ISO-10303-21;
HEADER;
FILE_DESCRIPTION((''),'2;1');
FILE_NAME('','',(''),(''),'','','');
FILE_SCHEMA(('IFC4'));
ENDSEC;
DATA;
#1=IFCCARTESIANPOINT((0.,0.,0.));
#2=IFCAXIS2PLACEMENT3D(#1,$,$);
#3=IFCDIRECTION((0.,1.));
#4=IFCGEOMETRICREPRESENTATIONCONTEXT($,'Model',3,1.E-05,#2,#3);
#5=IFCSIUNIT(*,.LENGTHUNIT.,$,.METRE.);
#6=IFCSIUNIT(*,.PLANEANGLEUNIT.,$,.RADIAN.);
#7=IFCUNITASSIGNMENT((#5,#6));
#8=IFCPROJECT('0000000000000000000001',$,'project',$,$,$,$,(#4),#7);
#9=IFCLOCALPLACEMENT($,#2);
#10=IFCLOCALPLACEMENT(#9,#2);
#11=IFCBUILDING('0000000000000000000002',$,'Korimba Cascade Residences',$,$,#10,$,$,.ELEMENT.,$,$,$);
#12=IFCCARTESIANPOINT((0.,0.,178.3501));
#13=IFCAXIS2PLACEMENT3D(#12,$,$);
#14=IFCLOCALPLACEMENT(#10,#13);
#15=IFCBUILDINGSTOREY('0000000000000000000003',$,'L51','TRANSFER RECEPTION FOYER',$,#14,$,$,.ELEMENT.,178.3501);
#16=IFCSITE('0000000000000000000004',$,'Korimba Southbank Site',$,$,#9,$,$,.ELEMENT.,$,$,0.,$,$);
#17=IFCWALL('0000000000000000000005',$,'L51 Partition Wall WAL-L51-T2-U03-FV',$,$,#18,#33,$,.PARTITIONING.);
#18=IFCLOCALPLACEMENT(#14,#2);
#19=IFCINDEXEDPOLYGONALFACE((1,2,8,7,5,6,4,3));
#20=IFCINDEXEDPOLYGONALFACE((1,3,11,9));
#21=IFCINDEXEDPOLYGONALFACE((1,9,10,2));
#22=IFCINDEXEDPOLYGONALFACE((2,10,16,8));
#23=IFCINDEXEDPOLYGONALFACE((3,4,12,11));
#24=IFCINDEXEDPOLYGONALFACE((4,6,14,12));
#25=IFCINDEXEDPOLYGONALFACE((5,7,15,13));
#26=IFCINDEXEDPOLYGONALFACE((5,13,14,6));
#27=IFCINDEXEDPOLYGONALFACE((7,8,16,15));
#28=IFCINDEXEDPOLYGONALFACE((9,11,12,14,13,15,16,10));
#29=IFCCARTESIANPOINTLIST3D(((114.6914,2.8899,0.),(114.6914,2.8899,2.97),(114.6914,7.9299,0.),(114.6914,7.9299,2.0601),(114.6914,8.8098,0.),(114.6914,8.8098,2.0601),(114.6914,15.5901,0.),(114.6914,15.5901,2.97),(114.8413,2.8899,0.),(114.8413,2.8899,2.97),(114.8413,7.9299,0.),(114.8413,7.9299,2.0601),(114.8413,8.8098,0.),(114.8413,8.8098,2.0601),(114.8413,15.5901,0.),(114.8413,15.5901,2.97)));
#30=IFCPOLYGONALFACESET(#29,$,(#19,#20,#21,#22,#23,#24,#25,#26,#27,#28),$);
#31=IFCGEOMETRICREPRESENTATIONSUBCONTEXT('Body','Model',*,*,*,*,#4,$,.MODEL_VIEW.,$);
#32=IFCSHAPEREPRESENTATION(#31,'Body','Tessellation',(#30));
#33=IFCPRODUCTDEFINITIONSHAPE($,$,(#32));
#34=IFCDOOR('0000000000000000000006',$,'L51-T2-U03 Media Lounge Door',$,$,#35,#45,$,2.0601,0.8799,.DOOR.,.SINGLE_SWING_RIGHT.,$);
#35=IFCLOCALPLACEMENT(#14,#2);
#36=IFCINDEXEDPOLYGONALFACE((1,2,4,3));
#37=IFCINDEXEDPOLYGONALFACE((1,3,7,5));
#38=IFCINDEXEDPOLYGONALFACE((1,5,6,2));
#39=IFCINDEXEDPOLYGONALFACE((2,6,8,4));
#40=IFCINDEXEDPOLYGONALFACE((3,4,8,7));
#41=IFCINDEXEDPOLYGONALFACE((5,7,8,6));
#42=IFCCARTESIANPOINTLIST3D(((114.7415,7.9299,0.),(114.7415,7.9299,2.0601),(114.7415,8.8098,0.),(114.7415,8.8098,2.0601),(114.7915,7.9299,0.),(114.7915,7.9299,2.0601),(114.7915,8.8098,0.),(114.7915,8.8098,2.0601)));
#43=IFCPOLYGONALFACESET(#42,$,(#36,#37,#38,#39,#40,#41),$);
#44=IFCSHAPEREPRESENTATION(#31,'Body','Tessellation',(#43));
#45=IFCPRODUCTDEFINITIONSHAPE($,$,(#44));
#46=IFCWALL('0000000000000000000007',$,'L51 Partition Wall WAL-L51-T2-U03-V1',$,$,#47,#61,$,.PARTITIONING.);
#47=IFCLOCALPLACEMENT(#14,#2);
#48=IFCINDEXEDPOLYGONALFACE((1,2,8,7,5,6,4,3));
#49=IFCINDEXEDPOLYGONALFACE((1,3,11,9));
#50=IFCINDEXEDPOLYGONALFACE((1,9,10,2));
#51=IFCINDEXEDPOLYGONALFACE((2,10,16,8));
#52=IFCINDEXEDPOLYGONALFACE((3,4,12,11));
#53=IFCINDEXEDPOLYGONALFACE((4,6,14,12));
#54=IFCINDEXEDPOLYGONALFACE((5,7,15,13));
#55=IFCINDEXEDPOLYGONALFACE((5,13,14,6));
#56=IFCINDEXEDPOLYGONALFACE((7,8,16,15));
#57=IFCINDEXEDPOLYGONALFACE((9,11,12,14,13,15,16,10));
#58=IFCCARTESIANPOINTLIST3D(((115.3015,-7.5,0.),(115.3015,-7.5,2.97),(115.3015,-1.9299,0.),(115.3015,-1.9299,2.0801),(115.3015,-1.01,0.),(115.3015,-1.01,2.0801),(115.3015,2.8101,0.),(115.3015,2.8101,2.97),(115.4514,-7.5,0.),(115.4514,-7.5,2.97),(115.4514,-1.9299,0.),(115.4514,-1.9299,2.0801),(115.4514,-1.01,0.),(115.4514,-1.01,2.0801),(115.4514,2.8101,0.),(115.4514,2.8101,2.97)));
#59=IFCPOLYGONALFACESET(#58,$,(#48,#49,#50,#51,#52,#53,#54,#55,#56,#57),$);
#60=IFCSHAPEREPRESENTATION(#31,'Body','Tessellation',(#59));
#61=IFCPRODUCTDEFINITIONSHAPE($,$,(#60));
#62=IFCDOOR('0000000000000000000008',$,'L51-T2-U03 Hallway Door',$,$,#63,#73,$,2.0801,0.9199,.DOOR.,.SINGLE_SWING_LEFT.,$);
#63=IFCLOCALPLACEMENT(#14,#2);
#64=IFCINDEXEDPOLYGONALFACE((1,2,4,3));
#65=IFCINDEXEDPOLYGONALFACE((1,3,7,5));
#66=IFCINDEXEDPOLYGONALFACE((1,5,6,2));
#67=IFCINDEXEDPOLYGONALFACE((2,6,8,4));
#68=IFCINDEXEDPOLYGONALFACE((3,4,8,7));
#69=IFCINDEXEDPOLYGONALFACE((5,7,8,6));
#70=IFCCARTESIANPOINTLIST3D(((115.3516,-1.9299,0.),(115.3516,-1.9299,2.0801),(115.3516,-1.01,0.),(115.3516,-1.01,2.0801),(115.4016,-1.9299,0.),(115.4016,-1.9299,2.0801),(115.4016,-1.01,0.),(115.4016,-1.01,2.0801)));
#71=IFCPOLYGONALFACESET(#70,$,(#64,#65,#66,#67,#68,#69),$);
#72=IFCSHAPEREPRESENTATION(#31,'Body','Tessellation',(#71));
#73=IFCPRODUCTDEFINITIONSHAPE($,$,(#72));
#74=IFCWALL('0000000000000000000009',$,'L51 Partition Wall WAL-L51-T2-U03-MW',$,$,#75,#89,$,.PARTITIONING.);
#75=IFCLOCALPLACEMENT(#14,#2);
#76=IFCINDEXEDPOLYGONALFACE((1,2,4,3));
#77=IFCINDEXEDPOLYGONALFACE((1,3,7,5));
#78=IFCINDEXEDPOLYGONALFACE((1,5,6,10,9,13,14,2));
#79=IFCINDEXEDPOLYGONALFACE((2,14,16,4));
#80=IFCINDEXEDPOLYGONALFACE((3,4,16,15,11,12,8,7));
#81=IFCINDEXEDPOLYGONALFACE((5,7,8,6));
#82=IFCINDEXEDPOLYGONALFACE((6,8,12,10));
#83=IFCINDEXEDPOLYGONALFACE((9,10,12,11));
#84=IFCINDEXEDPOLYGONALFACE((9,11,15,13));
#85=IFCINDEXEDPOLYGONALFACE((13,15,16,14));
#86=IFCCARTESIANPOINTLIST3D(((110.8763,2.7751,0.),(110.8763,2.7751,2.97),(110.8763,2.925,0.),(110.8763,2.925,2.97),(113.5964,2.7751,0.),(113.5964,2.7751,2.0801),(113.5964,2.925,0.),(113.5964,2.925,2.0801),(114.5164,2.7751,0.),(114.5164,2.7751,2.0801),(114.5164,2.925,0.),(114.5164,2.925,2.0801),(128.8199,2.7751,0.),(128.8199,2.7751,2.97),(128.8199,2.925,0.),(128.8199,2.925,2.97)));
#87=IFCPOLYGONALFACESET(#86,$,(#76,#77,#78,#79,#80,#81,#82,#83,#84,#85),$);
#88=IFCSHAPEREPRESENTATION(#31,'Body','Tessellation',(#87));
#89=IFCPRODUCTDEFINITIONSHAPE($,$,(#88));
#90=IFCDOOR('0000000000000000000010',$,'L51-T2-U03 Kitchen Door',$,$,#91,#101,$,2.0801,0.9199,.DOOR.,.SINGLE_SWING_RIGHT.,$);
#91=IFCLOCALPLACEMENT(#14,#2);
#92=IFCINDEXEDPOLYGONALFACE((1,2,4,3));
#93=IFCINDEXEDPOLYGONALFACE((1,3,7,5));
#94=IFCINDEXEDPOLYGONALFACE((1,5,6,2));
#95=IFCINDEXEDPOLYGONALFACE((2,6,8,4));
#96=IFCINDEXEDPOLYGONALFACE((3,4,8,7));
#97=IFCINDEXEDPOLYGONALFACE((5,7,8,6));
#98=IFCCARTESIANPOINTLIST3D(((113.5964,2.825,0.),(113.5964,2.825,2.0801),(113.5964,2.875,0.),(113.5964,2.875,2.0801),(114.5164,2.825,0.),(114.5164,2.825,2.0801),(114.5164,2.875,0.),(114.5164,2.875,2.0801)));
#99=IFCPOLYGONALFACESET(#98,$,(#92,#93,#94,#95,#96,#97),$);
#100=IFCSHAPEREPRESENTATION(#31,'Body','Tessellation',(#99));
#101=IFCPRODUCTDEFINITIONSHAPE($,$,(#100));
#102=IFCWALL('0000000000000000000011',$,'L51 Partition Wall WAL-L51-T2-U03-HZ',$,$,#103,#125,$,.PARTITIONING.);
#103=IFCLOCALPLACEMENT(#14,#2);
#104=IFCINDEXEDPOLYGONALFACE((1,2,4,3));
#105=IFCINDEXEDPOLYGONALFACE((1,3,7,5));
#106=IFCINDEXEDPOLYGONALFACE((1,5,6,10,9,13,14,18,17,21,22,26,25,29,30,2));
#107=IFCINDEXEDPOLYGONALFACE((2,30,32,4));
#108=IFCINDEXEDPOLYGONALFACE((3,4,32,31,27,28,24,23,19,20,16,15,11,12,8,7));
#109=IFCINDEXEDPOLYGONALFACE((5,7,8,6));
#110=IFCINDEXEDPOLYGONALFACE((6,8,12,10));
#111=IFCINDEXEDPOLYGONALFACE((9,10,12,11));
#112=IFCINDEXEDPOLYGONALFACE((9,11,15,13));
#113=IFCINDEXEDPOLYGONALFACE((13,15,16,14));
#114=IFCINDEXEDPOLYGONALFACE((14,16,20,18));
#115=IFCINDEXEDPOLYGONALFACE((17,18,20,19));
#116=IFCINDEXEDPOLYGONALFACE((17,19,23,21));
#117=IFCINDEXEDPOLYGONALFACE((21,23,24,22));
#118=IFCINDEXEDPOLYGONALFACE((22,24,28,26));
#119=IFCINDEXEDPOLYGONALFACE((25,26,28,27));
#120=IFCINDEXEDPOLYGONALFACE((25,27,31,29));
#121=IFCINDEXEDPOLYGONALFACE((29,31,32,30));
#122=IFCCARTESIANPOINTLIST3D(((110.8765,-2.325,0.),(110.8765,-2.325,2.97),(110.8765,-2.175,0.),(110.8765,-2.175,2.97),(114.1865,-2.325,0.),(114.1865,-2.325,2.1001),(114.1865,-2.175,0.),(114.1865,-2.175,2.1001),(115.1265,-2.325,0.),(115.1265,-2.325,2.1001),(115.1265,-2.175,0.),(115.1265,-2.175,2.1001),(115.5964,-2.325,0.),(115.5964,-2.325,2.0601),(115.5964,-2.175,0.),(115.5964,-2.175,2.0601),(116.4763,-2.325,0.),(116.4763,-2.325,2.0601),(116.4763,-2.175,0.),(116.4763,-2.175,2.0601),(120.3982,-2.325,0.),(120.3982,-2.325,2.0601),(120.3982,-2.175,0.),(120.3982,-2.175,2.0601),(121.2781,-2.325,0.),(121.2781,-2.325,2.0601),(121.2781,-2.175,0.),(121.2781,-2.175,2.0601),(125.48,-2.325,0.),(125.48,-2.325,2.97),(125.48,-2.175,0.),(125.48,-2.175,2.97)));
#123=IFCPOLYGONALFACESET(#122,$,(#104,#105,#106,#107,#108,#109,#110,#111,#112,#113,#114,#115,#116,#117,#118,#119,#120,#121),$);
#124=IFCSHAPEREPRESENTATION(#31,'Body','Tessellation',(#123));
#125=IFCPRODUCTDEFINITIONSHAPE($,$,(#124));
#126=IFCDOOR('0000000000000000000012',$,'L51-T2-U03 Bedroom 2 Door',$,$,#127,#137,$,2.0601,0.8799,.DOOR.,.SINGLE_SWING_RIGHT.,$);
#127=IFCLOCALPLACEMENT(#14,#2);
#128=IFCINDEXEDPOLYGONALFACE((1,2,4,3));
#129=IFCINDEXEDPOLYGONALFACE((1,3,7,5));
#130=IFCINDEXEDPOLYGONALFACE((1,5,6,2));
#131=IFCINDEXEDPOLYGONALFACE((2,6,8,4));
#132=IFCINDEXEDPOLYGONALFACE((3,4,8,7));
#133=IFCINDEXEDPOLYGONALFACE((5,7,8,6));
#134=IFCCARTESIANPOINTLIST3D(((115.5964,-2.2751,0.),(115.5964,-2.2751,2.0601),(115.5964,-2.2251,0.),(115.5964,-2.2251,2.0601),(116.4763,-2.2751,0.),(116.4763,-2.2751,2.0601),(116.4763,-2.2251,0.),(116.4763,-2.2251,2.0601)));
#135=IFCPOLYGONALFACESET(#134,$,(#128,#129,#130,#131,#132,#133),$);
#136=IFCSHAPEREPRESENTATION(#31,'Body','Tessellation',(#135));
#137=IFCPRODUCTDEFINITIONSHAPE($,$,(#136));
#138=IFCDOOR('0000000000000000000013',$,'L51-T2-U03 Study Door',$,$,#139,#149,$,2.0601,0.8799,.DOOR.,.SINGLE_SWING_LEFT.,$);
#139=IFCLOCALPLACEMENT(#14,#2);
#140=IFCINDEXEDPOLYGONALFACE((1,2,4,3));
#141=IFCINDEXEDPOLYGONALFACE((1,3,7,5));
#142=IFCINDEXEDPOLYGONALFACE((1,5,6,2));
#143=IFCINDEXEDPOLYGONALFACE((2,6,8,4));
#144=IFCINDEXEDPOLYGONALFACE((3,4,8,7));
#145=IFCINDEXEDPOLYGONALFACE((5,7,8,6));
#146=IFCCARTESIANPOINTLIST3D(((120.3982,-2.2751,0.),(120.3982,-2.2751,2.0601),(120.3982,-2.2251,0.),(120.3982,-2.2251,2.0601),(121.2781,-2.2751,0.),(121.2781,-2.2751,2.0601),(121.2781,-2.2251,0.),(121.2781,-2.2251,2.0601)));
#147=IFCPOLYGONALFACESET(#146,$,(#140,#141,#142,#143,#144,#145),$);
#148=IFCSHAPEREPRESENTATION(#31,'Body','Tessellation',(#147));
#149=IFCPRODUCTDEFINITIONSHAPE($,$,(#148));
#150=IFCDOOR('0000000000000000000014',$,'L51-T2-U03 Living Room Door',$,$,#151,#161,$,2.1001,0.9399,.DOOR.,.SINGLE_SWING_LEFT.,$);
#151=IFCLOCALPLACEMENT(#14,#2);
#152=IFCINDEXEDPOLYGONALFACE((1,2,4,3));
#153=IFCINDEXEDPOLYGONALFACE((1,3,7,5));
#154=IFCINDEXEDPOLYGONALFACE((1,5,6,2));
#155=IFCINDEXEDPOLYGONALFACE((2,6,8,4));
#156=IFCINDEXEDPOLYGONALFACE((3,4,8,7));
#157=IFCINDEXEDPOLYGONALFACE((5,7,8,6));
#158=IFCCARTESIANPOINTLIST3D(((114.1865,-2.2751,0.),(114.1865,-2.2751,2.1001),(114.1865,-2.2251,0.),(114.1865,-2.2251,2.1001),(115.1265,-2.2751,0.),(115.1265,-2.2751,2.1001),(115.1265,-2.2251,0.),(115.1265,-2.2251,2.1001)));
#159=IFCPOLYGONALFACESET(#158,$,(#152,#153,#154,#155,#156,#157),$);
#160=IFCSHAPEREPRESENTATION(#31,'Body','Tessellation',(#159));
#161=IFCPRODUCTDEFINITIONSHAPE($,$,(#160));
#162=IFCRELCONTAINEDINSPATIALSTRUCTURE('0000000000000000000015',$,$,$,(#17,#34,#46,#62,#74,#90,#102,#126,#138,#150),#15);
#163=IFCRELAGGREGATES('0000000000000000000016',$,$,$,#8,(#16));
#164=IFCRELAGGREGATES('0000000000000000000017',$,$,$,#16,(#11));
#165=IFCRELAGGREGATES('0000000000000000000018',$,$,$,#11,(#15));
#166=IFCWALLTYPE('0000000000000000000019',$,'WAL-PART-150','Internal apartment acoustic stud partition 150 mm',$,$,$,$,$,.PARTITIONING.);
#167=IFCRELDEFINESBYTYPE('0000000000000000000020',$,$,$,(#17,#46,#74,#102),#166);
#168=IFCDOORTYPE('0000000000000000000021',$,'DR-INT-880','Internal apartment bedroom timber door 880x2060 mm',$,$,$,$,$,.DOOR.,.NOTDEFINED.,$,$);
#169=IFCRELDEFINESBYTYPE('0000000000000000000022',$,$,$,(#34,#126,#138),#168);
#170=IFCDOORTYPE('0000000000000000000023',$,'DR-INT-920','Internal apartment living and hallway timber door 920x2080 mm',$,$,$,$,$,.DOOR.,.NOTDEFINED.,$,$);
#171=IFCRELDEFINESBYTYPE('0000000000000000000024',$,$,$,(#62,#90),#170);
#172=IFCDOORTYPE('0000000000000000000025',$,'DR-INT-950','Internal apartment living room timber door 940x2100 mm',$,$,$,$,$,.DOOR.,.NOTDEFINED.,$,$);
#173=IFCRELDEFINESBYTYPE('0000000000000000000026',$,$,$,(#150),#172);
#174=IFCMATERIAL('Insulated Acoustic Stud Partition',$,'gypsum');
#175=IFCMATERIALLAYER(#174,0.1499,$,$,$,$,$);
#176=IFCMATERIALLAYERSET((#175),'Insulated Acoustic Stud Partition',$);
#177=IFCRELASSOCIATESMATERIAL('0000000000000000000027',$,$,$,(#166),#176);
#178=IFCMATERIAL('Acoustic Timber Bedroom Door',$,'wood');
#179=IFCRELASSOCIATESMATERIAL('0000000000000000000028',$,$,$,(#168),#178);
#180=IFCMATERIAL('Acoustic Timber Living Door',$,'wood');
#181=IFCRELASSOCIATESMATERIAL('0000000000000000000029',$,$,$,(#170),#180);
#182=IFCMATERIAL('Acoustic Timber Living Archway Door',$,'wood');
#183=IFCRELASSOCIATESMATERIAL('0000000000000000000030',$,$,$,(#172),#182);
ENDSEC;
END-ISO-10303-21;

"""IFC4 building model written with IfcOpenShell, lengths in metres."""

from ifc_helpers import new_model, si_unit, direction, frame, frame_2d, origin, place, context, subcontext, project, spatial, rectangle, extrude, material, layer, layer_set, type_object, element, fill, save


model = new_model("IFC4")

# Units and contexts
model_context = context("Model", 3, precision=1e-05, world=origin(), true_north=direction((0.0, 1.0)))
body_context = subcontext(model_context, "Body", "Model", "MODEL_VIEW")
ifc_project = project(units=[si_unit("LENGTHUNIT", "METRE"), si_unit("PLANEANGLEUNIT", "RADIAN")], contexts=[model_context])

# Site, building, storey
site_placement = place(None, origin())
site = spatial("IfcSite", under=ifc_project, at=site_placement, Name="Korimba Southbank Site", CompositionType="ELEMENT", RefElevation=0.0)
building_placement = place(site_placement, origin())
building = spatial("IfcBuilding", under=site, at=building_placement, Name="Korimba Cascade Residences", CompositionType="ELEMENT")
storey_placement = place(building_placement, frame((0.0, 0.0, 178.3501)))
storey = spatial("IfcBuildingStorey", under=building, at=storey_placement, Name="L51", Description="TRANSFER RECEPTION FOYER", CompositionType="ELEMENT", Elevation=178.3501)

# Shared definitions
ifc_material_1 = material(Name="Insulated Acoustic Stud Partition", Category="gypsum")
ifc_layer_1 = layer(ifc_material_1, 0.1499)
ifc_layer_set_1 = layer_set([ifc_layer_1], Name="Insulated Acoustic Stud Partition")
wall_type_1 = type_object("IfcWallType", Name="WAL-PART-150", Description="Internal apartment acoustic stud partition 150 mm", PredefinedType="PARTITIONING", material=ifc_layer_set_1)

# Shared definitions
ifc_material_2 = material(Name="Acoustic Timber Bedroom Door", Category="wood")
door_type_1 = type_object("IfcDoorType", Name="DR-INT-880", Description="Internal apartment bedroom timber door 880x2060 mm", OperationType="NOTDEFINED", PredefinedType="DOOR", material=ifc_material_2)

# Walls, openings, doors
wall_1_placement = place(storey_placement, frame((114.7664, 2.8899, 0.0), z_axis=(0.0, 0.0, 1.0), x_axis=(0.0, 1.0, 0.0)))
wall_1 = element("IfcWall", 1, at=wall_1_placement, inside=storey, type_object=wall_type_1, Name="L51 Partition Wall WAL-L51-T2-U03-FV", PredefinedType="PARTITIONING", context=body_context, shape_type="SweptSolid", body=[
    extrude(rectangle(XDim=12.7002, YDim=0.1499, at=frame_2d((6.3501, 0.0))), origin(), (0.0, 0.0, 1.0), 2.97),
])
opening_1_placement = place(wall_1_placement, frame((5.04, 0.0, 0.0)))
opening_1 = element("IfcOpeningElement", 2, at=opening_1_placement, cuts=wall_1, PredefinedType="OPENING", context=body_context, shape_type="SweptSolid", body=[
    extrude(rectangle(XDim=0.8799, YDim=2.0601, at=frame_2d((0.4399, 1.03))), frame((0.0, 0.085, 0.0), z_axis=(0.0, -1.0, 0.0), x_axis=(1.0, 0.0, 0.0)), (0.0, 0.0, 1.0), 0.1699),
])
door_1_placement = place(opening_1_placement, origin())
door_1 = element("IfcDoor", 3, at=door_1_placement, inside=storey, type_object=door_type_1, Name="L51-T2-U03 Media Lounge Door", OperationType="SINGLE_SWING_RIGHT", OverallHeight=2.0601, OverallWidth=0.8799, PredefinedType="DOOR", context=body_context, shape_type="SweptSolid", body=[
    extrude(rectangle(XDim=0.8799, YDim=2.0601, at=frame_2d((0.4399, 1.03))), frame((0.0, 0.0249, 0.0), z_axis=(0.0, -1.0, 0.0), x_axis=(1.0, 0.0, 0.0)), (0.0, 0.0, 1.0), 0.05),
])
fill(opening_1, door_1)
wall_2_placement = place(storey_placement, frame((115.3765, -7.5, 0.0), z_axis=(0.0, 0.0, 1.0), x_axis=(0.0, 1.0, 0.0)))
wall_2 = element("IfcWall", 4, at=wall_2_placement, inside=storey, type_object=wall_type_1, Name="L51 Partition Wall WAL-L51-T2-U03-V1", PredefinedType="PARTITIONING", context=body_context, shape_type="SweptSolid", body=[
    extrude(rectangle(XDim=10.3101, YDim=0.1499, at=frame_2d((5.155, 0.0))), origin(), (0.0, 0.0, 1.0), 2.97),
])
opening_2_placement = place(wall_2_placement, frame((5.5701, 0.0, 0.0)))
opening_2 = element("IfcOpeningElement", 5, at=opening_2_placement, cuts=wall_2, PredefinedType="OPENING", context=body_context, shape_type="SweptSolid", body=[
    extrude(rectangle(XDim=0.9199, YDim=2.0801, at=frame_2d((0.46, 1.04))), frame((0.0, 0.085, 0.0), z_axis=(0.0, -1.0, 0.0), x_axis=(1.0, 0.0, 0.0)), (0.0, 0.0, 1.0), 0.1699),
])
ifc_material_3 = material(Name="Acoustic Timber Living Door", Category="wood")
door_type_2 = type_object("IfcDoorType", Name="DR-INT-920", Description="Internal apartment living and hallway timber door 920x2080 mm", OperationType="NOTDEFINED", PredefinedType="DOOR", material=ifc_material_3)
door_2_placement = place(opening_2_placement, origin())
door_2 = element("IfcDoor", 6, at=door_2_placement, inside=storey, type_object=door_type_2, Name="L51-T2-U03 Hallway Door", OperationType="SINGLE_SWING_LEFT", OverallHeight=2.0801, OverallWidth=0.9199, PredefinedType="DOOR", context=body_context, shape_type="SweptSolid", body=[
    extrude(rectangle(XDim=0.9199, YDim=2.0801, at=frame_2d((0.46, 1.04))), frame((0.0, 0.0249, 0.0), z_axis=(0.0, -1.0, 0.0), x_axis=(1.0, 0.0, 0.0)), (0.0, 0.0, 1.0), 0.05),
])
fill(opening_2, door_2)
wall_3_placement = place(storey_placement, frame((110.8765, 2.8501, 0.0), z_axis=(0.0, 0.0, 1.0), x_axis=(1.0, 0.0, 0.0)))
wall_3 = element("IfcWall", 7, at=wall_3_placement, inside=storey, type_object=wall_type_1, Name="L51 Partition Wall WAL-L51-T2-U03-MW", PredefinedType="PARTITIONING", context=body_context, shape_type="SweptSolid", body=[
    extrude(rectangle(XDim=17.9436, YDim=0.1499, at=frame_2d((8.9717, 0.0))), origin(), (0.0, 0.0, 1.0), 2.97),
])
opening_3_placement = place(wall_3_placement, frame((2.72, 0.0, 0.0)))
opening_3 = element("IfcOpeningElement", 8, at=opening_3_placement, cuts=wall_3, PredefinedType="OPENING", context=body_context, shape_type="SweptSolid", body=[
    extrude(rectangle(XDim=0.9199, YDim=2.0801, at=frame_2d((0.46, 1.04))), frame((0.0, 0.085, 0.0), z_axis=(0.0, -1.0, 0.0), x_axis=(1.0, 0.0, 0.0)), (0.0, 0.0, 1.0), 0.1699),
])
door_3_placement = place(opening_3_placement, origin())
door_3 = element("IfcDoor", 9, at=door_3_placement, inside=storey, type_object=door_type_2, Name="L51-T2-U03 Kitchen Door", OperationType="SINGLE_SWING_RIGHT", OverallHeight=2.0801, OverallWidth=0.9199, PredefinedType="DOOR", context=body_context, shape_type="SweptSolid", body=[
    extrude(rectangle(XDim=0.9199, YDim=2.0801, at=frame_2d((0.46, 1.04))), frame((0.0, 0.0249, 0.0), z_axis=(0.0, -1.0, 0.0), x_axis=(1.0, 0.0, 0.0)), (0.0, 0.0, 1.0), 0.05),
])
fill(opening_3, door_3)

# Wall, openings, doors
wall_4_placement = place(storey_placement, frame((110.8765, -2.25, 0.0), z_axis=(0.0, 0.0, 1.0), x_axis=(1.0, 0.0, 0.0)))
wall_4 = element("IfcWall", 10, at=wall_4_placement, inside=storey, type_object=wall_type_1, Name="L51 Partition Wall WAL-L51-T2-U03-HZ", PredefinedType="PARTITIONING", context=body_context, shape_type="SweptSolid", body=[
    extrude(rectangle(XDim=14.6035, YDim=0.1499, at=frame_2d((7.3018, 0.0))), origin(), (0.0, 0.0, 1.0), 2.97),
])
opening_4_placement = place(wall_4_placement, frame((3.3101, 0.0, 0.0)))
opening_4 = element("IfcOpeningElement", 11, at=opening_4_placement, cuts=wall_4, PredefinedType="OPENING", context=body_context, shape_type="SweptSolid", body=[
    extrude(rectangle(XDim=0.9399, YDim=2.1001, at=frame_2d((0.47, 1.05))), frame((0.0, 0.085, 0.0), z_axis=(0.0, -1.0, 0.0), x_axis=(1.0, 0.0, 0.0)), (0.0, 0.0, 1.0), 0.1699),
])
opening_5_placement = place(wall_4_placement, frame((4.72, 0.0, 0.0)))
opening_5 = element("IfcOpeningElement", 12, at=opening_5_placement, cuts=wall_4, PredefinedType="OPENING", context=body_context, shape_type="SweptSolid", body=[
    extrude(rectangle(XDim=0.8799, YDim=2.0601, at=frame_2d((0.4399, 1.03))), frame((0.0, 0.085, 0.0), z_axis=(0.0, -1.0, 0.0), x_axis=(1.0, 0.0, 0.0)), (0.0, 0.0, 1.0), 0.1699),
])
opening_6_placement = place(wall_4_placement, frame((9.5217, 0.0, 0.0)))
opening_6 = element("IfcOpeningElement", 13, at=opening_6_placement, cuts=wall_4, PredefinedType="OPENING", context=body_context, shape_type="SweptSolid", body=[
    extrude(rectangle(XDim=0.8799, YDim=2.0601, at=frame_2d((0.4399, 1.03))), frame((0.0, 0.085, 0.0), z_axis=(0.0, -1.0, 0.0), x_axis=(1.0, 0.0, 0.0)), (0.0, 0.0, 1.0), 0.1699),
])
door_4_placement = place(opening_5_placement, origin())
door_4 = element("IfcDoor", 14, at=door_4_placement, inside=storey, type_object=door_type_1, Name="L51-T2-U03 Bedroom 2 Door", OperationType="SINGLE_SWING_RIGHT", OverallHeight=2.0601, OverallWidth=0.8799, PredefinedType="DOOR", context=body_context, shape_type="SweptSolid", body=[
    extrude(rectangle(XDim=0.8799, YDim=2.0601, at=frame_2d((0.4399, 1.03))), frame((0.0, 0.0249, 0.0), z_axis=(0.0, -1.0, 0.0), x_axis=(1.0, 0.0, 0.0)), (0.0, 0.0, 1.0), 0.05),
])
fill(opening_5, door_4)
door_5_placement = place(opening_6_placement, origin())
door_5 = element("IfcDoor", 15, at=door_5_placement, inside=storey, type_object=door_type_1, Name="L51-T2-U03 Study Door", OperationType="SINGLE_SWING_LEFT", OverallHeight=2.0601, OverallWidth=0.8799, PredefinedType="DOOR", context=body_context, shape_type="SweptSolid", body=[
    extrude(rectangle(XDim=0.8799, YDim=2.0601, at=frame_2d((0.4399, 1.03))), frame((0.0, 0.0249, 0.0), z_axis=(0.0, -1.0, 0.0), x_axis=(1.0, 0.0, 0.0)), (0.0, 0.0, 1.0), 0.05),
])
fill(opening_6, door_5)
ifc_material_4 = material(Name="Acoustic Timber Living Archway Door", Category="wood")
door_type_3 = type_object("IfcDoorType", Name="DR-INT-950", Description="Internal apartment living room timber door 940x2100 mm", OperationType="NOTDEFINED", PredefinedType="DOOR", material=ifc_material_4)
door_6_placement = place(opening_4_placement, origin())
door_6 = element("IfcDoor", 16, at=door_6_placement, inside=storey, type_object=door_type_3, Name="L51-T2-U03 Living Room Door", OperationType="SINGLE_SWING_LEFT", OverallHeight=2.1001, OverallWidth=0.9399, PredefinedType="DOOR", context=body_context, shape_type="SweptSolid", body=[
    extrude(rectangle(XDim=0.9399, YDim=2.1001, at=frame_2d((0.47, 1.05))), frame((0.0, 0.0249, 0.0), z_axis=(0.0, -1.0, 0.0), x_axis=(1.0, 0.0, 0.0)), (0.0, 0.0, 1.0), 0.05),
])
fill(opening_4, door_6)

save(model, "model.ifc")
